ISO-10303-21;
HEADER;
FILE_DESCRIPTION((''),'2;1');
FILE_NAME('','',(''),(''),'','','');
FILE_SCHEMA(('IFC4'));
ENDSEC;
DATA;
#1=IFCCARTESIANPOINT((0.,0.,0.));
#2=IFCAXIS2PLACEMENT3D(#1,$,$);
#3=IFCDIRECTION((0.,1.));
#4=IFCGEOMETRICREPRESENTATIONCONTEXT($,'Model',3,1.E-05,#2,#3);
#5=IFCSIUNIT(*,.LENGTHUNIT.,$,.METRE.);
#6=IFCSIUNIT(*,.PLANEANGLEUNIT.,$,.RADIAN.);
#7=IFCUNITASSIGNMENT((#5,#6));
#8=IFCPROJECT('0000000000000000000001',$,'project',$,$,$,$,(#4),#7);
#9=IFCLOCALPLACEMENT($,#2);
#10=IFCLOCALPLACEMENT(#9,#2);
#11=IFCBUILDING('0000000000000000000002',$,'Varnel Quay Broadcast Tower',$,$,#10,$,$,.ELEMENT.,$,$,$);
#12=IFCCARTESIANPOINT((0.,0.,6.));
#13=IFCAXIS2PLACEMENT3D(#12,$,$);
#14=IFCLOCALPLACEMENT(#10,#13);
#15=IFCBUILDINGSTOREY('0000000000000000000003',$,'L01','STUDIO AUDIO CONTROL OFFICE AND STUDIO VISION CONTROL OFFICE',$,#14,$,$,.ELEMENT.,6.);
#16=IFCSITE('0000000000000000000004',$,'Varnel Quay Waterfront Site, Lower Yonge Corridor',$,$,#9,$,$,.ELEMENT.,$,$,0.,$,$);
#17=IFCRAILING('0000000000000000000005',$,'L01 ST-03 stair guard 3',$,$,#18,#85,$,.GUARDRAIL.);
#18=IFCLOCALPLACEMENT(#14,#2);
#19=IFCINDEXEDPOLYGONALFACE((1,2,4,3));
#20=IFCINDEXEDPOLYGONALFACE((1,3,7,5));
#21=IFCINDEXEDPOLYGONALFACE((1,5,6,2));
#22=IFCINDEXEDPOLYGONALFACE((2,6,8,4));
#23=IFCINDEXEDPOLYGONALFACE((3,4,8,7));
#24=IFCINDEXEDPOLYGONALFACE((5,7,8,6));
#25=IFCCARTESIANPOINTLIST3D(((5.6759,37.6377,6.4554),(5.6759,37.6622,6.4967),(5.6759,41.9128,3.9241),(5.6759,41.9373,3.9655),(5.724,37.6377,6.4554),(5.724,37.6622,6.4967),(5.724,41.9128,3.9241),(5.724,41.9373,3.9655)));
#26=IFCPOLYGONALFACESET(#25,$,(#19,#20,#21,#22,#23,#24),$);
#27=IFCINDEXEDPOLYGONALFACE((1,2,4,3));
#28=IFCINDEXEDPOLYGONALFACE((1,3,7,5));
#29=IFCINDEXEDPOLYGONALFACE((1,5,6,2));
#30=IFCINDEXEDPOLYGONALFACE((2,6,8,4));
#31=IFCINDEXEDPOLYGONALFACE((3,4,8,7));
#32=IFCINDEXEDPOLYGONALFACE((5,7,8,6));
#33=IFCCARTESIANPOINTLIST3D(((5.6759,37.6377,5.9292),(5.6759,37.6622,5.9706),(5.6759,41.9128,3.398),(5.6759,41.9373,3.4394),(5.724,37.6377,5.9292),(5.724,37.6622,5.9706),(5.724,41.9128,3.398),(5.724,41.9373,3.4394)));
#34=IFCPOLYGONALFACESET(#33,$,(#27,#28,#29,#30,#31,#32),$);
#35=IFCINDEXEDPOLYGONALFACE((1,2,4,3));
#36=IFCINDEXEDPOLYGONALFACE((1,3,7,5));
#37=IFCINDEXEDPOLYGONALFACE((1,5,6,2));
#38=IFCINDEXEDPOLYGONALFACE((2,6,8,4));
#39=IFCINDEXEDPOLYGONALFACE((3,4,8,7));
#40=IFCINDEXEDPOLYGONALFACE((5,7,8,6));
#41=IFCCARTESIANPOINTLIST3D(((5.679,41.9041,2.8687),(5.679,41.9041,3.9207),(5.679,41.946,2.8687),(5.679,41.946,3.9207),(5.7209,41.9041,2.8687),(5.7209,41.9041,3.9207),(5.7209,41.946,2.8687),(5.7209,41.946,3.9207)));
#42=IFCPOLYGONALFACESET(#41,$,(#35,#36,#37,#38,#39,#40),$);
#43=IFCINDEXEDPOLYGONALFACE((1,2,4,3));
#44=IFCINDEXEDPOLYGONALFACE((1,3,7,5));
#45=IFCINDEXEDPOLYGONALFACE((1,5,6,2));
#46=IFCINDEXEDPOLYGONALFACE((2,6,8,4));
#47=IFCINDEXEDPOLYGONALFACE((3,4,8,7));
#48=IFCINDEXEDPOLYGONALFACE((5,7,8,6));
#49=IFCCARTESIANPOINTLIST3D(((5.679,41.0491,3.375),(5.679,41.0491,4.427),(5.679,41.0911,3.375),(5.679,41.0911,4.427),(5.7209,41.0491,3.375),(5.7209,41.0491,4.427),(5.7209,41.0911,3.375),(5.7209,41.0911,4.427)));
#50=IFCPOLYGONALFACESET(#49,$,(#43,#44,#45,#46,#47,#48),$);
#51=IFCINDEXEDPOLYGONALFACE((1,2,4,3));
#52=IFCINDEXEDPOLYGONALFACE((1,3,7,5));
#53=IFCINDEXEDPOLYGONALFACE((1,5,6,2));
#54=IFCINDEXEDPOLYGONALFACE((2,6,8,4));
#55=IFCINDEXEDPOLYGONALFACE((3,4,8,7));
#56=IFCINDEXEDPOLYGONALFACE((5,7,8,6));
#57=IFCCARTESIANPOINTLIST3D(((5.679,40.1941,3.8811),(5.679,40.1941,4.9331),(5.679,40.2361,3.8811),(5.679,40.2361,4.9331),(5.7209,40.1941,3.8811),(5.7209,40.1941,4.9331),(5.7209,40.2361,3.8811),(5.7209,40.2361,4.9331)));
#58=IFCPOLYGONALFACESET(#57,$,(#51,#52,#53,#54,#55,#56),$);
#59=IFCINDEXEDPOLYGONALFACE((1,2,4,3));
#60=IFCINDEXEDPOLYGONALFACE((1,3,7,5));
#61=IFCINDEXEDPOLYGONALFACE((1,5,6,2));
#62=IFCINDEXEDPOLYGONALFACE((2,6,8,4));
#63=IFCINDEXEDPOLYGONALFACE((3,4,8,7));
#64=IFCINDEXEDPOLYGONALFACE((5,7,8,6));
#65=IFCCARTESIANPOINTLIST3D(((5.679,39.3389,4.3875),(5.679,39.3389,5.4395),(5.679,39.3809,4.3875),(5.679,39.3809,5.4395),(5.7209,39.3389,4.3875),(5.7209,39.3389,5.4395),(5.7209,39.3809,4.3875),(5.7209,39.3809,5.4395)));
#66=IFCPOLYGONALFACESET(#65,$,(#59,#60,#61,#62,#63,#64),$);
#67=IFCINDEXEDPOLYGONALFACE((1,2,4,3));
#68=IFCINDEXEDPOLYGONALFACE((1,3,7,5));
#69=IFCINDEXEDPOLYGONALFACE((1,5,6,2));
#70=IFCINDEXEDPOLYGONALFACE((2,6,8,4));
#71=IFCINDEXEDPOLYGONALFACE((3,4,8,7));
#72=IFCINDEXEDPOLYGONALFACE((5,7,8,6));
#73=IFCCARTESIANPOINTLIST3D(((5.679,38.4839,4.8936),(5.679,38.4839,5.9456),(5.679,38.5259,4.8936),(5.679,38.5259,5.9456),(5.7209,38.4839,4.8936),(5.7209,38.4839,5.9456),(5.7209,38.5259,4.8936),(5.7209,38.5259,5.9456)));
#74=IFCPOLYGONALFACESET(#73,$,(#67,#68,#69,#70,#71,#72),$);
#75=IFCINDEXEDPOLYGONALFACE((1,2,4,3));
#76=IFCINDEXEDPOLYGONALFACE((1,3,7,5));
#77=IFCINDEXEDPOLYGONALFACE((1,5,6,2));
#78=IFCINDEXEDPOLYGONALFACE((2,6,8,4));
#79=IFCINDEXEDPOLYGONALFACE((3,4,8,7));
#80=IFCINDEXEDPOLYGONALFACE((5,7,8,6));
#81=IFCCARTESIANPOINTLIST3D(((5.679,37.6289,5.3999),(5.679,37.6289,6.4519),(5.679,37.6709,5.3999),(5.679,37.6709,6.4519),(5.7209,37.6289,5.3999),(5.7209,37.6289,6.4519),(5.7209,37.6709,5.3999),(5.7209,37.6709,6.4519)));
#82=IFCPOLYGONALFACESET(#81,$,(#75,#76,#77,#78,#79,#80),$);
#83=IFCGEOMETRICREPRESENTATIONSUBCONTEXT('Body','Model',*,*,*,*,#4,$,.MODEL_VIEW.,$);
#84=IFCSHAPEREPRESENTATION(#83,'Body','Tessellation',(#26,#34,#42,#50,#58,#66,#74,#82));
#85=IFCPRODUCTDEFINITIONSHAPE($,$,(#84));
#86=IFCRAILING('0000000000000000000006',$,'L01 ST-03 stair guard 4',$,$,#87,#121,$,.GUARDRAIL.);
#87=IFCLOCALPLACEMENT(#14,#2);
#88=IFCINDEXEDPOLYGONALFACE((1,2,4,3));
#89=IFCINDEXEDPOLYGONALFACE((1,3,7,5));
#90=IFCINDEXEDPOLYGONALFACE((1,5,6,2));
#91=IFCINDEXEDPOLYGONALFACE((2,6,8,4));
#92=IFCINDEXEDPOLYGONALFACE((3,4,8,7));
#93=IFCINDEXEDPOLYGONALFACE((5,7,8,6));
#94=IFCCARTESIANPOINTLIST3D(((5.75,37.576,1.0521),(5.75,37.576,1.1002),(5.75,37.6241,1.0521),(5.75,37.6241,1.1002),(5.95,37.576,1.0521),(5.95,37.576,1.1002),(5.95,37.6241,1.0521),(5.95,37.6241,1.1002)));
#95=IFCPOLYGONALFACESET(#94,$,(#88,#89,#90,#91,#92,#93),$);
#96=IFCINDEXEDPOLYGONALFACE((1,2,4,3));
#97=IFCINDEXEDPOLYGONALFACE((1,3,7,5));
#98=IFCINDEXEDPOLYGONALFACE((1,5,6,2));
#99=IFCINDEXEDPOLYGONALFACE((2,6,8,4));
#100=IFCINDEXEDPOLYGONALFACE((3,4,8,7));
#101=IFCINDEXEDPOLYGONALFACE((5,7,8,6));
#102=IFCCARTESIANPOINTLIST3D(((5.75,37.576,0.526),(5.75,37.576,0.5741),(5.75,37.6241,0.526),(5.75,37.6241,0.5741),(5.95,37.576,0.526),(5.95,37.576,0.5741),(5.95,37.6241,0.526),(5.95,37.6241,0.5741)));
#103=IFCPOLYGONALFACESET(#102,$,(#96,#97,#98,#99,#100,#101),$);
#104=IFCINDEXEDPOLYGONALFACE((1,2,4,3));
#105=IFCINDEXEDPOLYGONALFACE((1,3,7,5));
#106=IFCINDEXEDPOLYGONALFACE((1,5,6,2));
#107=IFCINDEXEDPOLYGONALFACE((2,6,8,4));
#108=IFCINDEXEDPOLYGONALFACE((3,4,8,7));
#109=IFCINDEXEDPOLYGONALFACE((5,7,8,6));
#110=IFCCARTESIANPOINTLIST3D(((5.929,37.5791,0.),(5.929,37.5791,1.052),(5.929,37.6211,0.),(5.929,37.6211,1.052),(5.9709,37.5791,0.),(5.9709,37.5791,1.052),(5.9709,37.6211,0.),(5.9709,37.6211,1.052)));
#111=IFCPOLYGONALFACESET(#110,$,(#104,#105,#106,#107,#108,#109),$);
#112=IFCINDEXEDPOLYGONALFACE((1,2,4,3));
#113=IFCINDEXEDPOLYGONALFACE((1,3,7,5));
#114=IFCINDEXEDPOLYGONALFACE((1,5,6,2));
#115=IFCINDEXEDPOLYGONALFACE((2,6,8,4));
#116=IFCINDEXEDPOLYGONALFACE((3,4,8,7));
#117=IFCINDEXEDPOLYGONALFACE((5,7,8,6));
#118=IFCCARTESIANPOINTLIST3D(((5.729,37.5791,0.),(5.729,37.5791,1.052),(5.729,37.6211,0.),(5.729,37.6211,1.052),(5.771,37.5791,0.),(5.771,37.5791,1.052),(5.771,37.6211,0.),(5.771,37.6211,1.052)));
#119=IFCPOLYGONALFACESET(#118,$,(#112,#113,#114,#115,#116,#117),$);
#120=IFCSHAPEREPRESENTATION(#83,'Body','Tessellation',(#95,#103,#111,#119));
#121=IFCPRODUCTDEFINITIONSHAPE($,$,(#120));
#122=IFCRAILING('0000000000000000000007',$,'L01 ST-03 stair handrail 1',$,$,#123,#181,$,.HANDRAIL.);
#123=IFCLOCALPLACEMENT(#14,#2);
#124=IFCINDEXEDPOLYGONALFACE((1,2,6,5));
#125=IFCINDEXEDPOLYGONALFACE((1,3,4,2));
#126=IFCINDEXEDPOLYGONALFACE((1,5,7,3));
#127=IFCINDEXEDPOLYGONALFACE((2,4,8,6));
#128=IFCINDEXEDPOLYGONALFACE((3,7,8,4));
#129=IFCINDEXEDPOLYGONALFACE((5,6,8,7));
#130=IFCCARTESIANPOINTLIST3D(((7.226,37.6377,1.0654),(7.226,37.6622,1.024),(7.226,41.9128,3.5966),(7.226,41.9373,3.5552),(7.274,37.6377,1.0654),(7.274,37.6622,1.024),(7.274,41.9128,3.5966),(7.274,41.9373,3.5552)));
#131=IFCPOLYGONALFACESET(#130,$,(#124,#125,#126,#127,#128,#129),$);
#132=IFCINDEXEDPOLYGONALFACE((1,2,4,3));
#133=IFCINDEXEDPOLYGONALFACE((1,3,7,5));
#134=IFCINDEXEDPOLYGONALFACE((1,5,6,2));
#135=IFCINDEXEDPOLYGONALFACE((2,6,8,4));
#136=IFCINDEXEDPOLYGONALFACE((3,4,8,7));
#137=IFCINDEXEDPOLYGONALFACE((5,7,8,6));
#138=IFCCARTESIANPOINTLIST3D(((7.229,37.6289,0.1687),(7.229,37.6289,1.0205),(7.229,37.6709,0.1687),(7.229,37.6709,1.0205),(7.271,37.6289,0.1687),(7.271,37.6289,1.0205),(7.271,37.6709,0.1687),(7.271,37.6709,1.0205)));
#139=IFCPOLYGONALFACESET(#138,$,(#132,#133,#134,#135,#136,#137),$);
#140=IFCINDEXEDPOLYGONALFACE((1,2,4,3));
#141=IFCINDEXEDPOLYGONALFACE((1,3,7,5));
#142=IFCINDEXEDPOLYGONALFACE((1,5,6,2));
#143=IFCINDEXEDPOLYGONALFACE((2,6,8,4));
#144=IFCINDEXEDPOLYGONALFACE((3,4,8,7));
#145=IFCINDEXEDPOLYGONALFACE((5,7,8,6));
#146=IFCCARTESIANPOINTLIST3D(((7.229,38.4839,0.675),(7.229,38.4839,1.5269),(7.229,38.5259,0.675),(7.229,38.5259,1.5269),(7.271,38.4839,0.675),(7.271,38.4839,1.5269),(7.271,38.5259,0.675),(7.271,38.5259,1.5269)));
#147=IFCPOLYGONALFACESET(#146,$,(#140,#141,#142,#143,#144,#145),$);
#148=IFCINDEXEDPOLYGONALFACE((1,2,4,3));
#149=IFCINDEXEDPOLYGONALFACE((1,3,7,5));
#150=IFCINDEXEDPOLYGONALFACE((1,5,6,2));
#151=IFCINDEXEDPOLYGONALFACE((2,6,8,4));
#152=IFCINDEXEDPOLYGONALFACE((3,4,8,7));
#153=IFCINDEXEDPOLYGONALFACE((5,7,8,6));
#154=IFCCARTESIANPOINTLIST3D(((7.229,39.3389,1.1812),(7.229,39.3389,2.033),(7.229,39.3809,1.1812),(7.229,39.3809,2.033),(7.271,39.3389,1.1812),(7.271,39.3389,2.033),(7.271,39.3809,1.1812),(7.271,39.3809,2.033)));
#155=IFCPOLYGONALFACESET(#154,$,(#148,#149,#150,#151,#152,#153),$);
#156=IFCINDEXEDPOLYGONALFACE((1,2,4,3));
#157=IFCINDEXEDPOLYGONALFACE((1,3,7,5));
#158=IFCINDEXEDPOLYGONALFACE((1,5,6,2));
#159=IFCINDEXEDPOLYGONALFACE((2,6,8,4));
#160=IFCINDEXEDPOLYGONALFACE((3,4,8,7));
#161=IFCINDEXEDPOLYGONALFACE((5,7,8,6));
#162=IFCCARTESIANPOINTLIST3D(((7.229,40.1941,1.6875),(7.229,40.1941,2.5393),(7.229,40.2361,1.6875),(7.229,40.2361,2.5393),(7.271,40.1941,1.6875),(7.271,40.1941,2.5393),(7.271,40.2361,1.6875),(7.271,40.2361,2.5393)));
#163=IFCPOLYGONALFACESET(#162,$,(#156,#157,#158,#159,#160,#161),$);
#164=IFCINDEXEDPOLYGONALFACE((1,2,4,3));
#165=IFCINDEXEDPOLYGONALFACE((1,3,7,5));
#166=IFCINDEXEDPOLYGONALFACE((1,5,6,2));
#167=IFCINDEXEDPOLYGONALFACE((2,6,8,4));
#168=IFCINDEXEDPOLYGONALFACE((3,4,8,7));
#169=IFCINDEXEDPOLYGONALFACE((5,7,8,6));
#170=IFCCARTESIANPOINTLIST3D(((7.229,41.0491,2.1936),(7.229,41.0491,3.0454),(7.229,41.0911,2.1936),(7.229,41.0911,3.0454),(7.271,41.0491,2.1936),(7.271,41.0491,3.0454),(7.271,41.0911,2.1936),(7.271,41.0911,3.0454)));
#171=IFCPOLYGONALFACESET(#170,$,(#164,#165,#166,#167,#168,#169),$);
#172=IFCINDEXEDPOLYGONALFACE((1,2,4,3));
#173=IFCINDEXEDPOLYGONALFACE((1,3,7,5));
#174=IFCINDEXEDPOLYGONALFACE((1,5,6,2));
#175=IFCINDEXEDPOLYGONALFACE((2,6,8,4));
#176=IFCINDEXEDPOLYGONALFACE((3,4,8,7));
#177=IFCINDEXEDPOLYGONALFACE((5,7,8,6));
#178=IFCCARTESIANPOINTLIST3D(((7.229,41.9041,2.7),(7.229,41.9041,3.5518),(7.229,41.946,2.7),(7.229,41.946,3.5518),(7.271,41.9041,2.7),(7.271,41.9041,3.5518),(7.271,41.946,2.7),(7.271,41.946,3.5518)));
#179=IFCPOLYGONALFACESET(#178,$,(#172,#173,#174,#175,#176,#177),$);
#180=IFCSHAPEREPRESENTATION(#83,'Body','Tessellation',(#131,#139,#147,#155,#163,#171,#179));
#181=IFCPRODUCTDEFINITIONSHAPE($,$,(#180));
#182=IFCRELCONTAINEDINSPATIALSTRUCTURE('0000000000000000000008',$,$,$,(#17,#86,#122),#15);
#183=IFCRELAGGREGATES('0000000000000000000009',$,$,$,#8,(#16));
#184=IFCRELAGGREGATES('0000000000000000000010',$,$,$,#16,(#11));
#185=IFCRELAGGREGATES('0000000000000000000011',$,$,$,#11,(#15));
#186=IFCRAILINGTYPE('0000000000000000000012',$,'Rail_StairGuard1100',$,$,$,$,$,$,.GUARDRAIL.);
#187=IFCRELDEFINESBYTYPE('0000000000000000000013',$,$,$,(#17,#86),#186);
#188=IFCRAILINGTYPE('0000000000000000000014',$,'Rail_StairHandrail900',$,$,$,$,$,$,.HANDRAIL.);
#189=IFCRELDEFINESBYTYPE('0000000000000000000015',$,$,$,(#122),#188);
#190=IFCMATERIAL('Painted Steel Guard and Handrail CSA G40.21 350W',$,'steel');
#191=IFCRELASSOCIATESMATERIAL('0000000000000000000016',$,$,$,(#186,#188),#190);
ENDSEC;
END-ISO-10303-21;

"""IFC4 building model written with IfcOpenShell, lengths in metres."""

from ifc_helpers import new_model, si_unit, direction, frame, origin, origin_2d, place, context, subcontext, project, spatial, rectangle, extrude, material, type_object, element, save


model = new_model("IFC4")

# Units and contexts
model_context = context("Model", 3, precision=1e-05, world=origin(), true_north=direction((0.0, 1.0)))
body_context = subcontext(model_context, "Body", "Model", "MODEL_VIEW")
ifc_project = project(units=[si_unit("LENGTHUNIT", "METRE"), si_unit("PLANEANGLEUNIT", "RADIAN")], contexts=[model_context])

# Site, building, storey
site_placement = place(None, origin())
site = spatial("IfcSite", under=ifc_project, at=site_placement, Name="Varnel Quay Waterfront Site, Lower Yonge Corridor", CompositionType="ELEMENT", RefElevation=0.0)
building_placement = place(site_placement, origin())
building = spatial("IfcBuilding", under=site, at=building_placement, Name="Varnel Quay Broadcast Tower", CompositionType="ELEMENT")
storey_placement = place(building_placement, frame((0.0, 0.0, 6.0)))
storey = spatial("IfcBuildingStorey", under=building, at=storey_placement, Name="L01", Description="STUDIO AUDIO CONTROL OFFICE AND STUDIO VISION CONTROL OFFICE", CompositionType="ELEMENT", Elevation=6.0)

# Railings
ifc_material_1 = material(Name="Painted Steel Guard and Handrail CSA G40.21 350W", Category="steel")
railing_type_1 = type_object("IfcRailingType", Name="Rail_StairGuard1100", PredefinedType="GUARDRAIL", material=ifc_material_1)
railing_1_placement = place(storey_placement, frame((5.7, 41.925, 2.8687)))
element("IfcRailing", 1, at=railing_1_placement, inside=storey, type_object=railing_type_1, Name="L01 ST-03 stair guard 3", PredefinedType="GUARDRAIL", context=body_context, shape_type="SweptSolid", body=[
    extrude(rectangle(XDim=0.0481, YDim=0.0481, at=origin_2d()), frame((0.0, 0.0, 1.0762), z_axis=(0.0, -0.860483, 0.509479), x_axis=(1.0, 0.0, 0.0)), (0.0, 0.0, 1.0), 4.9683),
    extrude(rectangle(XDim=0.0481, YDim=0.0481, at=origin_2d()), frame((0.0, 0.0, 0.55), z_axis=(0.0, -0.860483, 0.509479), x_axis=(1.0, 0.0, 0.0)), (0.0, 0.0, 1.0), 4.9683),
    extrude(rectangle(XDim=0.042, YDim=0.042, at=origin_2d()), origin(), (0.0, 0.0, 1.0), 1.052),
    extrude(rectangle(XDim=0.042, YDim=0.042, at=origin_2d()), frame((0.0, -0.855, 0.5063)), (0.0, 0.0, 1.0), 1.052),
    extrude(rectangle(XDim=0.042, YDim=0.042, at=origin_2d()), frame((0.0, -1.71, 1.0125)), (0.0, 0.0, 1.0), 1.052),
    extrude(rectangle(XDim=0.042, YDim=0.042, at=origin_2d()), frame((0.0, -2.5652, 1.5188)), (0.0, 0.0, 1.0), 1.052),
    extrude(rectangle(XDim=0.042, YDim=0.042, at=origin_2d()), frame((0.0, -3.4202, 2.0249)), (0.0, 0.0, 1.0), 1.052),
    extrude(rectangle(XDim=0.042, YDim=0.042, at=origin_2d()), frame((0.0, -4.2751, 2.5312)), (0.0, 0.0, 1.0), 1.052),
])
railing_2_placement = place(storey_placement, frame((5.95, 37.6001, 0.0)))
element("IfcRailing", 2, at=railing_2_placement, inside=storey, type_object=railing_type_1, Name="L01 ST-03 stair guard 4", PredefinedType="GUARDRAIL", context=body_context, shape_type="SweptSolid", body=[
    extrude(rectangle(XDim=0.0481, YDim=0.0481, at=origin_2d()), frame((0.0, 0.0, 1.0762), z_axis=(-1.0, 0.0, 0.0), x_axis=(0.0, -1.0, 0.0)), (0.0, 0.0, 1.0), 0.2),
    extrude(rectangle(XDim=0.0481, YDim=0.0481, at=origin_2d()), frame((0.0, 0.0, 0.55), z_axis=(-1.0, 0.0, 0.0), x_axis=(0.0, -1.0, 0.0)), (0.0, 0.0, 1.0), 0.2),
    extrude(rectangle(XDim=0.042, YDim=0.042, at=origin_2d()), origin(), (0.0, 0.0, 1.0), 1.052),
    extrude(rectangle(XDim=0.042, YDim=0.042, at=origin_2d()), frame((-0.2, 0.0, 0.0)), (0.0, 0.0, 1.0), 1.052),
])
railing_type_2 = type_object("IfcRailingType", Name="Rail_StairHandrail900", PredefinedType="HANDRAIL", material=ifc_material_1)
railing_3_placement = place(storey_placement, frame((7.25, 37.6499, 0.1687)))
element("IfcRailing", 3, at=railing_3_placement, inside=storey, type_object=railing_type_2, Name="L01 ST-03 stair handrail 1", PredefinedType="HANDRAIL", context=body_context, shape_type="SweptSolid", body=[
    extrude(rectangle(XDim=0.0481, YDim=0.0481, at=origin_2d()), frame((0.0, 0.0, 0.876), z_axis=(0.0, 0.860483, 0.509479), x_axis=(-1.0, 0.0, 0.0)), (0.0, 0.0, 1.0), 4.9683),
    extrude(rectangle(XDim=0.042, YDim=0.042, at=origin_2d()), origin(), (0.0, 0.0, 1.0), 0.8518),
    extrude(rectangle(XDim=0.042, YDim=0.042, at=origin_2d()), frame((0.0, 0.855, 0.5063)), (0.0, 0.0, 1.0), 0.8518),
    extrude(rectangle(XDim=0.042, YDim=0.042, at=origin_2d()), frame((0.0, 1.71, 1.0125)), (0.0, 0.0, 1.0), 0.8518),
    extrude(rectangle(XDim=0.042, YDim=0.042, at=origin_2d()), frame((0.0, 2.5652, 1.5188)), (0.0, 0.0, 1.0), 0.8518),
    extrude(rectangle(XDim=0.042, YDim=0.042, at=origin_2d()), frame((0.0, 3.4202, 2.0249)), (0.0, 0.0, 1.0), 0.8518),
    extrude(rectangle(XDim=0.042, YDim=0.042, at=origin_2d()), frame((0.0, 4.2751, 2.5312)), (0.0, 0.0, 1.0), 0.8518),
])

save(model, "model.ifc")
